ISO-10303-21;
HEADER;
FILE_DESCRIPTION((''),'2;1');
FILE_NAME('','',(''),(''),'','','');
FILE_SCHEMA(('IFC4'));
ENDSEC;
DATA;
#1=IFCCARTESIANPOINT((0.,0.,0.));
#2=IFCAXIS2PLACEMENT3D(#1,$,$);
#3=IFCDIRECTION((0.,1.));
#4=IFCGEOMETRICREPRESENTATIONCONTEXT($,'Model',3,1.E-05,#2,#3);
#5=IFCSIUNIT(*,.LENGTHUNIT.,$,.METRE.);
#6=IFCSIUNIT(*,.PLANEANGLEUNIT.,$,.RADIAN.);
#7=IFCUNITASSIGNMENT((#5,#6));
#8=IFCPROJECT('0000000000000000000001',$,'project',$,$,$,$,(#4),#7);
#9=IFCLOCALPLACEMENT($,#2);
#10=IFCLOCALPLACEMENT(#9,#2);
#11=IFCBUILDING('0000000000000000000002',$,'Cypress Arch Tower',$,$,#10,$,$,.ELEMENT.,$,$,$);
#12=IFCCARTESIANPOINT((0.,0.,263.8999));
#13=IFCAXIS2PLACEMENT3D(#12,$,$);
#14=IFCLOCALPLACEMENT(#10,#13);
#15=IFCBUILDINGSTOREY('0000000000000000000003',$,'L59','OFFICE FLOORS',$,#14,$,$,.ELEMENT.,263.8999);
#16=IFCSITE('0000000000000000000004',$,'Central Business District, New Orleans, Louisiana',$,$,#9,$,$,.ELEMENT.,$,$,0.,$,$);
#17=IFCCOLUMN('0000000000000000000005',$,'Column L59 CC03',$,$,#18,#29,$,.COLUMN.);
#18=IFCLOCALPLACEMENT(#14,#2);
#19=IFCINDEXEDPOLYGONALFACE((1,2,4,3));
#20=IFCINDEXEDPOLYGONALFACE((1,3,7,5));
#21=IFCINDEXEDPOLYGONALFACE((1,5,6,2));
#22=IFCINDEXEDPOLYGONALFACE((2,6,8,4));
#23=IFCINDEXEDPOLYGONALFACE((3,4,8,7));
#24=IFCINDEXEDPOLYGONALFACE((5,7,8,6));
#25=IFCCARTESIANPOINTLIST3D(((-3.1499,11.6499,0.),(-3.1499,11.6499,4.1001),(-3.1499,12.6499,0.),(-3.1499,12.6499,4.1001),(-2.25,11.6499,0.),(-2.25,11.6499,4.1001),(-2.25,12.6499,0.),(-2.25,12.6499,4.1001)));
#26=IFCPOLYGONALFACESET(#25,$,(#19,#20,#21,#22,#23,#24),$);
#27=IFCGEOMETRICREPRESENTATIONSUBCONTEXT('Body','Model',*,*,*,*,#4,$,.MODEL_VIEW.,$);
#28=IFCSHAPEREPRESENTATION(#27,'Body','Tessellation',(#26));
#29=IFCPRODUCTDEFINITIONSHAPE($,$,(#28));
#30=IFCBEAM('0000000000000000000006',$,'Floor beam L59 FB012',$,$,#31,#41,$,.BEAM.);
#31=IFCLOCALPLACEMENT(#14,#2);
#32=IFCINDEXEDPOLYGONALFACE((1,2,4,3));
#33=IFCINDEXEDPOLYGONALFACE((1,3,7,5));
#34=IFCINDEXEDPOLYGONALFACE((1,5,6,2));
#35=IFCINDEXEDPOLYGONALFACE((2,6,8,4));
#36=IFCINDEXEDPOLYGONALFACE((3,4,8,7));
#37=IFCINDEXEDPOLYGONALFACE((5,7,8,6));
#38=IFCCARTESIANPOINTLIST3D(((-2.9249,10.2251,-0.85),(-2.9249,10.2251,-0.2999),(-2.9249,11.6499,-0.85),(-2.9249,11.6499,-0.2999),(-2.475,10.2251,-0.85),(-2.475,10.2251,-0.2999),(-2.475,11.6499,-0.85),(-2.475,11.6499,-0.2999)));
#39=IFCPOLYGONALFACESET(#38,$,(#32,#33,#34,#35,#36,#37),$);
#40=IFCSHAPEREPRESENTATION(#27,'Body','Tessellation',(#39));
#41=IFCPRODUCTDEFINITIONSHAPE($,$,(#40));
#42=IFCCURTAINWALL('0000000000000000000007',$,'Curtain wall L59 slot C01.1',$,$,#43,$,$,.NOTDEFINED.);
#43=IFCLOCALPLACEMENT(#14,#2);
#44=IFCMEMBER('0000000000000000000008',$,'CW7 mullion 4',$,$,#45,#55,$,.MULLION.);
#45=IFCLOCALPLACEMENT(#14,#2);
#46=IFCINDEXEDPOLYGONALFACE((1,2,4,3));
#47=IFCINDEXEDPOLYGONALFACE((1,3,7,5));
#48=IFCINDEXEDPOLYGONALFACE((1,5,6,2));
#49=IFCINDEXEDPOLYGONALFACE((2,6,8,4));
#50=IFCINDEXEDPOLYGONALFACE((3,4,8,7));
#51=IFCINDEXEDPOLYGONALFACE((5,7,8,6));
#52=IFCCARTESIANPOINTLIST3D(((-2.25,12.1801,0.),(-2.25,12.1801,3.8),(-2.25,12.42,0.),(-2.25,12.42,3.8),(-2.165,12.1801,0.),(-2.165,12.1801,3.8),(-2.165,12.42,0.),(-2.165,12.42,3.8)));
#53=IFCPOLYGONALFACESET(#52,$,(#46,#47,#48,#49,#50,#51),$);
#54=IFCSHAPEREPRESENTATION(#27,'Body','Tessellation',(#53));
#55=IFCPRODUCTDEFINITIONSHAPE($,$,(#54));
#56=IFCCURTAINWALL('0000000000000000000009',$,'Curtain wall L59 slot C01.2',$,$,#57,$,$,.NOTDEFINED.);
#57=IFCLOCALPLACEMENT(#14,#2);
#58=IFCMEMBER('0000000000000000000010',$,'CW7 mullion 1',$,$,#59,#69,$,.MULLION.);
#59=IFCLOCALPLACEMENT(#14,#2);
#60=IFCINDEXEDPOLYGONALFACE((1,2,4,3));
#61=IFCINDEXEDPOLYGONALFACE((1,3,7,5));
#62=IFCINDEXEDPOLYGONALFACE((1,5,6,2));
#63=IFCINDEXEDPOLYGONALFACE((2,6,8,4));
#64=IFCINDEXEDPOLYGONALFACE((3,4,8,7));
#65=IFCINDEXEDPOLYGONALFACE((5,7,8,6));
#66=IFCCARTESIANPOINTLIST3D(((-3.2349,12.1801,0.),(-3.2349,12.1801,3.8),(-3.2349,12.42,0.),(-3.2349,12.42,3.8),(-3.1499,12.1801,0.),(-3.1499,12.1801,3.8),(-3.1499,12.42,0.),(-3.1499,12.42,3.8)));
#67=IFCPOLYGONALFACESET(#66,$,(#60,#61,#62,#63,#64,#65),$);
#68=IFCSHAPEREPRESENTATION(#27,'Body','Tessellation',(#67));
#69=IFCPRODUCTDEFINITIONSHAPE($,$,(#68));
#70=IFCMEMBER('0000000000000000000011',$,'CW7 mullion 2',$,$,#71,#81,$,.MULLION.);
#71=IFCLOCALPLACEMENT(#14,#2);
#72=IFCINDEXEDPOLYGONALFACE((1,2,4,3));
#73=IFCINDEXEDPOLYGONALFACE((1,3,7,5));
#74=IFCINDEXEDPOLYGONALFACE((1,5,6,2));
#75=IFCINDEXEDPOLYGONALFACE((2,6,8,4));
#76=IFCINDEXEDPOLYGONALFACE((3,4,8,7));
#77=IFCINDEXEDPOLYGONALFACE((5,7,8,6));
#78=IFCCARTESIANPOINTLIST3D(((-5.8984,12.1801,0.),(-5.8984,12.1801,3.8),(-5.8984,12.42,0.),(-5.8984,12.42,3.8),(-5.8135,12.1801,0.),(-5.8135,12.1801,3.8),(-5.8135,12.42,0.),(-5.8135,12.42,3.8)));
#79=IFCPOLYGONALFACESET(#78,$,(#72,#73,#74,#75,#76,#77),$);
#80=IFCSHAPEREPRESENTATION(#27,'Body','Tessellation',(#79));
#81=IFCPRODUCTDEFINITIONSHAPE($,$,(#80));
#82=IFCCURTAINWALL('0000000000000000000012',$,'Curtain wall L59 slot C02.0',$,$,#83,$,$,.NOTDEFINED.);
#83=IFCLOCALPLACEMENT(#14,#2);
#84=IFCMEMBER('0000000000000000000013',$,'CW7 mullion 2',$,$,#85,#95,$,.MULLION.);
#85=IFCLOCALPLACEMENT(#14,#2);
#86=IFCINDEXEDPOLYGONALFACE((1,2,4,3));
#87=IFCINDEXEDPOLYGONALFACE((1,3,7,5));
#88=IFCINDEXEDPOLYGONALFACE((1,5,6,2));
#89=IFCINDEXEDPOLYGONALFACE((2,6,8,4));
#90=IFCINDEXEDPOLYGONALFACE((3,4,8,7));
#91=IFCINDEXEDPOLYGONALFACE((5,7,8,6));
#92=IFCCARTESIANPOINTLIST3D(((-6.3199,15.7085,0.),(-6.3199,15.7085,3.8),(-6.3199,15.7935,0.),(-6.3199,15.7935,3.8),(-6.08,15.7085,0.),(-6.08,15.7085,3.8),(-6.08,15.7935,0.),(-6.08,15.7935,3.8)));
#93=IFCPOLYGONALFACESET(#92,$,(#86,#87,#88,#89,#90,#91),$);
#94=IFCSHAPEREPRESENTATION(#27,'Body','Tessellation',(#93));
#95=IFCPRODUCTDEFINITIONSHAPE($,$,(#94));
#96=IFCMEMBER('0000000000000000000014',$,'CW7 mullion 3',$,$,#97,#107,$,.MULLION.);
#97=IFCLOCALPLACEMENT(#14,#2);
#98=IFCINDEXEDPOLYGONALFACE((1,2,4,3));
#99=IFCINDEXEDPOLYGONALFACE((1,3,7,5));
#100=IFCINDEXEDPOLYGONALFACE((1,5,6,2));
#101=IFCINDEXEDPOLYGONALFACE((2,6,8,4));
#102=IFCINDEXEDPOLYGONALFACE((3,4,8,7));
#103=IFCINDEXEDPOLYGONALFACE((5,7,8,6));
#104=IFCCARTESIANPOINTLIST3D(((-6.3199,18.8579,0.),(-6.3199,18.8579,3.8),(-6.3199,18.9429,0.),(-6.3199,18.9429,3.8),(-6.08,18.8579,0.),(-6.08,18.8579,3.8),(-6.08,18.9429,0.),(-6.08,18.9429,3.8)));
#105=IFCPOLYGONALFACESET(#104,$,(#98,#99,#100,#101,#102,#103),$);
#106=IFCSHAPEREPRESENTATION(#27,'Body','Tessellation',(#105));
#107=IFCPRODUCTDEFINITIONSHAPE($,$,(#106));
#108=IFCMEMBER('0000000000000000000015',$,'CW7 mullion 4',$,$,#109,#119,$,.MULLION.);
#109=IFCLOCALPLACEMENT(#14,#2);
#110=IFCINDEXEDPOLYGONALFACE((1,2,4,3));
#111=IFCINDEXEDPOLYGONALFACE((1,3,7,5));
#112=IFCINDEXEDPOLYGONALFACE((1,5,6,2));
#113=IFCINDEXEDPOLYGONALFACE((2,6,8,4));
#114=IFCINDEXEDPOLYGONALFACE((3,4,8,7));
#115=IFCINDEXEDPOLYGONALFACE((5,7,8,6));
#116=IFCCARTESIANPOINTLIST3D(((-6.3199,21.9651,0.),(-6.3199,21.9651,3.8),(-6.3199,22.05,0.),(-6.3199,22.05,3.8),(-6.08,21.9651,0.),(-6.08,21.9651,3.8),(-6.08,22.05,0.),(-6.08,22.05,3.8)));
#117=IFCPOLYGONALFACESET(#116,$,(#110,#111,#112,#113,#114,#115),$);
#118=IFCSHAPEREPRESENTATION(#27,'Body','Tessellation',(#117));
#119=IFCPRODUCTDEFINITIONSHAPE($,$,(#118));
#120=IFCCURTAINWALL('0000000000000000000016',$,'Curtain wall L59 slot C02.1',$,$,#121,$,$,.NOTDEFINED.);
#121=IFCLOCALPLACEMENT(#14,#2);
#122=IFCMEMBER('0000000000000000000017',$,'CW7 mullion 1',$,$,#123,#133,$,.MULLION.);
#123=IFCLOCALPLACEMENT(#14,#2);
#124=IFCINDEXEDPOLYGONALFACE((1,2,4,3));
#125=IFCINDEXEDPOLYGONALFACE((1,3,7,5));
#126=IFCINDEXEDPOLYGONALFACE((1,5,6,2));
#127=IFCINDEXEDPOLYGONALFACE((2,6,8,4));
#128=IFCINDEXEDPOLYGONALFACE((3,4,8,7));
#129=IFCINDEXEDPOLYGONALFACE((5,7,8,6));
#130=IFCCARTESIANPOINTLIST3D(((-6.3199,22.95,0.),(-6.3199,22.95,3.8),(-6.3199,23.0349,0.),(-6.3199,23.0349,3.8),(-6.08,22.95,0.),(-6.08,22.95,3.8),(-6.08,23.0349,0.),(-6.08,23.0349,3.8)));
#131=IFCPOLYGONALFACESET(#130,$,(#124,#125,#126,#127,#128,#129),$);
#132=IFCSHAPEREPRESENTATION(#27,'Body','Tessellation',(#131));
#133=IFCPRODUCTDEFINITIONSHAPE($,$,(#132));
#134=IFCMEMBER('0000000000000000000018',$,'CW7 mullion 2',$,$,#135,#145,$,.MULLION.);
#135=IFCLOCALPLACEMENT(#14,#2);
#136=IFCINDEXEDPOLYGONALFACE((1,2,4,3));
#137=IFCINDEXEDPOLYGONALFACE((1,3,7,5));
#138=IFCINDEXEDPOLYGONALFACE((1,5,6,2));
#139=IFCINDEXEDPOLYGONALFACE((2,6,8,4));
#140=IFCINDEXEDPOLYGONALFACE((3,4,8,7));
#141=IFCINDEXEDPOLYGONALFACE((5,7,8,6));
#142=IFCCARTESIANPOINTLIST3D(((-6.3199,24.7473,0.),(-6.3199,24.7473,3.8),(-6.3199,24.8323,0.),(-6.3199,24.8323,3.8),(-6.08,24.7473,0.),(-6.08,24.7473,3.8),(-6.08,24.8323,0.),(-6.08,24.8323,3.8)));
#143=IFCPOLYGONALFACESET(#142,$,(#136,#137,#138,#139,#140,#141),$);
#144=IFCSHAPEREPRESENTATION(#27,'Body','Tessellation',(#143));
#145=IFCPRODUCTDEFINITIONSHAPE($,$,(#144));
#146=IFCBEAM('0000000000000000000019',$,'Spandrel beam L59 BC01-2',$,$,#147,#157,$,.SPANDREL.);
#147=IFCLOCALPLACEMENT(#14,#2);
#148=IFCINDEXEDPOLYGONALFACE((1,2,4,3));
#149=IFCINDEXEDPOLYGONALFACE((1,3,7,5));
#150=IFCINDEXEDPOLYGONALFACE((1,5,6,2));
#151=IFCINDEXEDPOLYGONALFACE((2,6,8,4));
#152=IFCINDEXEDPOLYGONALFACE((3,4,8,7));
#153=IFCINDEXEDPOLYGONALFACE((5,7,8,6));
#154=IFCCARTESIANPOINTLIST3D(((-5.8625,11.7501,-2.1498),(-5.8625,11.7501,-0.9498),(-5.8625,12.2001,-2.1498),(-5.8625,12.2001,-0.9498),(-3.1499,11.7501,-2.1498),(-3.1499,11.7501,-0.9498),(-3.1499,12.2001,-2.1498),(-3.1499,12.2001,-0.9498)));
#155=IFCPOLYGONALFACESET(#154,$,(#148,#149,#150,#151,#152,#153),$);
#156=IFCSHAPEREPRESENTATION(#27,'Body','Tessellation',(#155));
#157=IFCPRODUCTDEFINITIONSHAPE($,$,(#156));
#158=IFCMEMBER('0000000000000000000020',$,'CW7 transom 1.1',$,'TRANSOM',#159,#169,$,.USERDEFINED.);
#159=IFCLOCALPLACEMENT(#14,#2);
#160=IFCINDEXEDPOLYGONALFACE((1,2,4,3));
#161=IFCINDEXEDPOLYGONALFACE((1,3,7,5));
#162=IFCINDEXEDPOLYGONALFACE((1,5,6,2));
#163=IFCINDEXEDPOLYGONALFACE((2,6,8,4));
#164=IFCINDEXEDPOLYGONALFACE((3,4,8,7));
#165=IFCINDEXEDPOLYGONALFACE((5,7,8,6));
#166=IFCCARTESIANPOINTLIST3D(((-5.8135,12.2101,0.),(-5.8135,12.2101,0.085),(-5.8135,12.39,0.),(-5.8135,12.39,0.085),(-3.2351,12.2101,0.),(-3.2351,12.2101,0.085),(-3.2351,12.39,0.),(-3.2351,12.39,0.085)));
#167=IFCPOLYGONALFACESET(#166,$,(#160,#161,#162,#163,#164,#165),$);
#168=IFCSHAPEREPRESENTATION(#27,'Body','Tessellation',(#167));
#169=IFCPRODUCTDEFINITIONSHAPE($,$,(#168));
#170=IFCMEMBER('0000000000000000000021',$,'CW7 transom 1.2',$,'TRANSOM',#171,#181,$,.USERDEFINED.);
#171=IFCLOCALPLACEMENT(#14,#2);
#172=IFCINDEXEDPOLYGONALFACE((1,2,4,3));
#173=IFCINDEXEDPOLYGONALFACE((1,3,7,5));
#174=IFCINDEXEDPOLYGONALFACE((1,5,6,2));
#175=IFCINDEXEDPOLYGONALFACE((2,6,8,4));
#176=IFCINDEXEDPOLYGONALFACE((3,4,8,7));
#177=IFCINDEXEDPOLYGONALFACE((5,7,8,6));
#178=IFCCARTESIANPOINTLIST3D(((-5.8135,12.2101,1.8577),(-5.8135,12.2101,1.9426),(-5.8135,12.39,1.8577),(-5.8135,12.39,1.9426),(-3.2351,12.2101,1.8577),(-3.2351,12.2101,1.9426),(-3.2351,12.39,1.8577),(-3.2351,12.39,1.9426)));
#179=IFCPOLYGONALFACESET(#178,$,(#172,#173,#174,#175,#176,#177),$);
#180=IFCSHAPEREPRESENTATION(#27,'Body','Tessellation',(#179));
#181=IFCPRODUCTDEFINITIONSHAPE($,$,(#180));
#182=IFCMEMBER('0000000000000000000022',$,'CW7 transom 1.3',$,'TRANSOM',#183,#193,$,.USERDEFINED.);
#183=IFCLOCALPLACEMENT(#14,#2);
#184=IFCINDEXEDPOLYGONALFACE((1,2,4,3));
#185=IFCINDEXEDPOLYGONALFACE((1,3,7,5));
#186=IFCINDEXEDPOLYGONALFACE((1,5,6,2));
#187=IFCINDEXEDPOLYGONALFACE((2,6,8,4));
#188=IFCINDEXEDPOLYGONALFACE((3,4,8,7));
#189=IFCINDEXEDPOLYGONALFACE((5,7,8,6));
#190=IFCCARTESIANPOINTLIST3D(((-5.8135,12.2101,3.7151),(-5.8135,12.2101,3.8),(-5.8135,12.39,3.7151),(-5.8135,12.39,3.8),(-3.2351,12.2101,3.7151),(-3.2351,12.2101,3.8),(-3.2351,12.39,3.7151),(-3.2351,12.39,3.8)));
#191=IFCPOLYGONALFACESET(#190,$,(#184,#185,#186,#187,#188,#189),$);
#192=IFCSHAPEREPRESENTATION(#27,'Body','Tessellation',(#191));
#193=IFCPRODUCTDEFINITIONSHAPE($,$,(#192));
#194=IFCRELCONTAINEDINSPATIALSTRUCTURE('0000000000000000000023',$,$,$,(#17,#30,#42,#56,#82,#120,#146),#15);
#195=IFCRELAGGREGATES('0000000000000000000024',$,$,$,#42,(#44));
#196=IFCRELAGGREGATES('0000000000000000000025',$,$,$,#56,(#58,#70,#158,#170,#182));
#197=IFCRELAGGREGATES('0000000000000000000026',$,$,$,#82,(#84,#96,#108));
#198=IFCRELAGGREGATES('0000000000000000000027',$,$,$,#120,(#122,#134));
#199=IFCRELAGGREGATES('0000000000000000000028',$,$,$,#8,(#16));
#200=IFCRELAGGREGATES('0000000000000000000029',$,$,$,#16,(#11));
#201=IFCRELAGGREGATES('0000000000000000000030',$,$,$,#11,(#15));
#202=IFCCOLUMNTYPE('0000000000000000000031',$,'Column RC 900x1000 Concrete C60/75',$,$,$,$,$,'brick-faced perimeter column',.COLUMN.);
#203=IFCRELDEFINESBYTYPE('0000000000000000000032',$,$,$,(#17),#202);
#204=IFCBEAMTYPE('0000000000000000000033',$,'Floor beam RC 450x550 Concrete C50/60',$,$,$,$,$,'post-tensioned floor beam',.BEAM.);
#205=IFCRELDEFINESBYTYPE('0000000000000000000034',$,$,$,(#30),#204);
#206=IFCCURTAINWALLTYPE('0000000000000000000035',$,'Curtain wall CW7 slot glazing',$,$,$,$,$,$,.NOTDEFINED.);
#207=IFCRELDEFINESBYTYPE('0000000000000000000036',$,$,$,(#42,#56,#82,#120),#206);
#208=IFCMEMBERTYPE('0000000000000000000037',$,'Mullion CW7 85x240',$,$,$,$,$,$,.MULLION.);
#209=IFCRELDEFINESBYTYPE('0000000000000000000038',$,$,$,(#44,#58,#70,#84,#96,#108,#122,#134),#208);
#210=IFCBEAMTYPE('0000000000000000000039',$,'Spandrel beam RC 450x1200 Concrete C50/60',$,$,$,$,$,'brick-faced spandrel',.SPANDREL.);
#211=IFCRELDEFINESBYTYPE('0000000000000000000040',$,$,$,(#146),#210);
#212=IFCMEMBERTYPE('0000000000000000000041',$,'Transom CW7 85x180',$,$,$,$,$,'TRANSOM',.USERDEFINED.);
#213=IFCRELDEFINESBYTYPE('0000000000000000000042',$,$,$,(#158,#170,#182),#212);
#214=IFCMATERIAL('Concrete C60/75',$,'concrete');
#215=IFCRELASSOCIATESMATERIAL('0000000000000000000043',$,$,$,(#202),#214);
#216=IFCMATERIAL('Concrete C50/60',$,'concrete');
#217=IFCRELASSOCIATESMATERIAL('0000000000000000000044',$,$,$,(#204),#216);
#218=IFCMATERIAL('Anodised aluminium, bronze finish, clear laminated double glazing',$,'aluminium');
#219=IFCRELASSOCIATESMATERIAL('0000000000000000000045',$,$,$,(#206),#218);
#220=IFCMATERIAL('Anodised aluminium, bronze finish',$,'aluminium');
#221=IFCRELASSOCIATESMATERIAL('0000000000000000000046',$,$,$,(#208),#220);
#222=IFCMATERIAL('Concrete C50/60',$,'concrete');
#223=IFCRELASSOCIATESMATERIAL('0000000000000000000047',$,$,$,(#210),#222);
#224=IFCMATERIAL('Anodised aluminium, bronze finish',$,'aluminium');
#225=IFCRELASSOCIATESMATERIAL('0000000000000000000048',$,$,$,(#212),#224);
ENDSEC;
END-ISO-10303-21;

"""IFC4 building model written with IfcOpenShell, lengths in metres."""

from ifc_helpers import new_model, si_unit, direction, frame, origin, origin_2d, place, context, subcontext, project, spatial, rectangle, extrude, material, material_profile, profile_set, type_object, element, aggregate, save


model = new_model("IFC4")

# Units and contexts
model_context = context("Model", 3, precision=1e-05, world=origin(), true_north=direction((0.0, 1.0)))
body_context = subcontext(model_context, "Body", "Model", "MODEL_VIEW")
ifc_project = project(units=[si_unit("LENGTHUNIT", "METRE"), si_unit("PLANEANGLEUNIT", "RADIAN")], contexts=[model_context])

# Site, building, storey
site_placement = place(None, origin())
site = spatial("IfcSite", under=ifc_project, at=site_placement, Name="Central Business District, New Orleans, Louisiana", CompositionType="ELEMENT", RefElevation=0.0)
building_placement = place(site_placement, origin())
building = spatial("IfcBuilding", under=site, at=building_placement, Name="Cypress Arch Tower", CompositionType="ELEMENT")
storey_placement = place(building_placement, frame((0.0, 0.0, 263.8999)))
storey = spatial("IfcBuildingStorey", under=building, at=storey_placement, Name="L59", Description="OFFICE FLOORS", CompositionType="ELEMENT", Elevation=263.8999)

# Column
ifc_material_1 = material(Name="Concrete C60/75", Category="concrete")
ifc_material_profile_1 = material_profile(ifc_material_1, rectangle(XDim=0.8999, YDim=1.0, at=origin_2d()), Name="RC 900x1000")
ifc_profile_set_1 = profile_set([ifc_material_profile_1], Name="Concrete C60/75")
column_type = type_object("IfcColumnType", Name="Column RC 900x1000 Concrete C60/75", ElementType="brick-faced perimeter column", PredefinedType="COLUMN", material=ifc_profile_set_1)
column_placement = place(storey_placement, frame((-2.7, 12.1499, 0.0), z_axis=(0.0, 0.0, 1.0), x_axis=(-1.0, 0.0, 0.0)))
element("IfcColumn", 1, at=column_placement, inside=storey, type_object=column_type, Name="Column L59 CC03", PredefinedType="COLUMN", context=body_context, shape_type="SweptSolid", body=[
    extrude(rectangle(XDim=0.8999, YDim=1.0, at=origin_2d()), origin(), (0.0, 0.0, 1.0), 4.1001),
])

# Beam
ifc_material_2 = material(Name="Concrete C50/60", Category="concrete")
ifc_material_profile_2 = material_profile(ifc_material_2, rectangle(XDim=0.45, YDim=0.55, at=origin_2d()), Name="RC 450x550")
ifc_profile_set_2 = profile_set([ifc_material_profile_2], Name="Concrete C50/60")
beam_type_1 = type_object("IfcBeamType", Name="Floor beam RC 450x550 Concrete C50/60", ElementType="post-tensioned floor beam", PredefinedType="BEAM", material=ifc_profile_set_2)
beam_1_placement = place(storey_placement, frame((-2.7, 10.2251, -0.575), z_axis=(0.0, 1.0, 0.0), x_axis=(-1.0, 0.0, 0.0)))
element("IfcBeam", 2, at=beam_1_placement, inside=storey, type_object=beam_type_1, Name="Floor beam L59 FB012", PredefinedType="BEAM", context=body_context, shape_type="SweptSolid", body=[
    extrude(rectangle(XDim=0.45, YDim=0.55, at=origin_2d()), origin(), (0.0, 0.0, 1.0), 1.4248),
])

# Curtain wall, member
ifc_material_3 = material(Name="Anodised aluminium, bronze finish, clear laminated double glazing", Category="aluminium")
curtain_wall_type = type_object("IfcCurtainWallType", Name="Curtain wall CW7 slot glazing", PredefinedType="NOTDEFINED", material=ifc_material_3)
curtain_wall_1_placement = place(storey_placement, origin())
curtain_wall_1 = element("IfcCurtainWall", 3, at=curtain_wall_1_placement, inside=storey, type_object=curtain_wall_type, Name="Curtain wall L59 slot C01.1", PredefinedType="NOTDEFINED")
ifc_material_4 = material(Name="Anodised aluminium, bronze finish", Category="aluminium")
ifc_material_profile_3 = material_profile(ifc_material_4, rectangle(XDim=0.24, YDim=0.085, at=origin_2d()), Name="Mullion 85x240")
ifc_profile_set_3 = profile_set([ifc_material_profile_3], Name="Anodised aluminium, bronze finish")
member_type_1 = type_object("IfcMemberType", Name="Mullion CW7 85x240", PredefinedType="MULLION", material=ifc_profile_set_3)
member_1_placement = place(storey_placement, frame((-2.2075, 12.3, 0.0), z_axis=(0.0, 0.0, 1.0), x_axis=(0.0, -1.0, 0.0)))
member_1 = element("IfcMember", 4, at=member_1_placement, type_object=member_type_1, Name="CW7 mullion 4", PredefinedType="MULLION", context=body_context, shape_type="SweptSolid", body=[
    extrude(rectangle(XDim=0.24, YDim=0.085, at=origin_2d()), origin(), (0.0, 0.0, 1.0), 3.8),
])

# Curtain walls, members
curtain_wall_2_placement = place(storey_placement, origin())
curtain_wall_2 = element("IfcCurtainWall", 5, at=curtain_wall_2_placement, inside=storey, type_object=curtain_wall_type, Name="Curtain wall L59 slot C01.2", PredefinedType="NOTDEFINED")
member_2_placement = place(storey_placement, frame((-3.1924, 12.3, 0.0), z_axis=(0.0, 0.0, 1.0), x_axis=(0.0, -1.0, 0.0)))
member_2 = element("IfcMember", 6, at=member_2_placement, type_object=member_type_1, Name="CW7 mullion 1", PredefinedType="MULLION", context=body_context, shape_type="SweptSolid", body=[
    extrude(rectangle(XDim=0.24, YDim=0.085, at=origin_2d()), origin(), (0.0, 0.0, 1.0), 3.8),
])
member_3_placement = place(storey_placement, frame((-5.856, 12.3, 0.0), z_axis=(0.0, 0.0, 1.0), x_axis=(0.0, -1.0, 0.0)))
member_3 = element("IfcMember", 7, at=member_3_placement, type_object=member_type_1, Name="CW7 mullion 2", PredefinedType="MULLION", context=body_context, shape_type="SweptSolid", body=[
    extrude(rectangle(XDim=0.24, YDim=0.085, at=origin_2d()), origin(), (0.0, 0.0, 1.0), 3.8),
])
curtain_wall_3_placement = place(storey_placement, origin())
curtain_wall_3 = element("IfcCurtainWall", 8, at=curtain_wall_3_placement, inside=storey, type_object=curtain_wall_type, Name="Curtain wall L59 slot C02.0", PredefinedType="NOTDEFINED")
member_4_placement = place(storey_placement, frame((-6.2, 15.751, 0.0), z_axis=(0.0, 0.0, 1.0), x_axis=(-1.0, 0.0, 0.0)))
member_4 = element("IfcMember", 9, at=member_4_placement, type_object=member_type_1, Name="CW7 mullion 2", PredefinedType="MULLION", context=body_context, shape_type="SweptSolid", body=[
    extrude(rectangle(XDim=0.24, YDim=0.085, at=origin_2d()), origin(), (0.0, 0.0, 1.0), 3.8),
])
member_5_placement = place(storey_placement, frame((-6.2, 18.9004, 0.0), z_axis=(0.0, 0.0, 1.0), x_axis=(-1.0, 0.0, 0.0)))
member_5 = element("IfcMember", 10, at=member_5_placement, type_object=member_type_1, Name="CW7 mullion 3", PredefinedType="MULLION", context=body_context, shape_type="SweptSolid", body=[
    extrude(rectangle(XDim=0.24, YDim=0.085, at=origin_2d()), origin(), (0.0, 0.0, 1.0), 3.8),
])
member_6_placement = place(storey_placement, frame((-6.2, 22.0076, 0.0), z_axis=(0.0, 0.0, 1.0), x_axis=(-1.0, 0.0, 0.0)))
member_6 = element("IfcMember", 11, at=member_6_placement, type_object=member_type_1, Name="CW7 mullion 4", PredefinedType="MULLION", context=body_context, shape_type="SweptSolid", body=[
    extrude(rectangle(XDim=0.24, YDim=0.085, at=origin_2d()), origin(), (0.0, 0.0, 1.0), 3.8),
])
curtain_wall_4_placement = place(storey_placement, origin())
curtain_wall_4 = element("IfcCurtainWall", 12, at=curtain_wall_4_placement, inside=storey, type_object=curtain_wall_type, Name="Curtain wall L59 slot C02.1", PredefinedType="NOTDEFINED")
member_7_placement = place(storey_placement, frame((-6.2, 22.9924, 0.0), z_axis=(0.0, 0.0, 1.0), x_axis=(-1.0, 0.0, 0.0)))
member_7 = element("IfcMember", 13, at=member_7_placement, type_object=member_type_1, Name="CW7 mullion 1", PredefinedType="MULLION", context=body_context, shape_type="SweptSolid", body=[
    extrude(rectangle(XDim=0.24, YDim=0.085, at=origin_2d()), origin(), (0.0, 0.0, 1.0), 3.8),
])
member_8_placement = place(storey_placement, frame((-6.2, 24.7898, 0.0), z_axis=(0.0, 0.0, 1.0), x_axis=(-1.0, 0.0, 0.0)))
member_8 = element("IfcMember", 14, at=member_8_placement, type_object=member_type_1, Name="CW7 mullion 2", PredefinedType="MULLION", context=body_context, shape_type="SweptSolid", body=[
    extrude(rectangle(XDim=0.24, YDim=0.085, at=origin_2d()), origin(), (0.0, 0.0, 1.0), 3.8),
])

# Beam
ifc_material_5 = material(Name="Concrete C50/60", Category="concrete")
ifc_material_profile_4 = material_profile(ifc_material_5, rectangle(XDim=0.45, YDim=1.2, at=origin_2d()), Name="RC 450x1200")
ifc_profile_set_4 = profile_set([ifc_material_profile_4], Name="Concrete C50/60")
beam_type_2 = type_object("IfcBeamType", Name="Spandrel beam RC 450x1200 Concrete C50/60", ElementType="brick-faced spandrel", PredefinedType="SPANDREL", material=ifc_profile_set_4)
beam_2_placement = place(storey_placement, frame((-3.1499, 11.9751, -1.5498), z_axis=(-1.0, 0.0, 0.0), x_axis=(0.0, -1.0, 0.0)))
element("IfcBeam", 15, at=beam_2_placement, inside=storey, type_object=beam_type_2, Name="Spandrel beam L59 BC01-2", PredefinedType="SPANDREL", context=body_context, shape_type="SweptSolid", body=[
    extrude(rectangle(XDim=0.45, YDim=1.2, at=origin_2d()), origin(), (0.0, 0.0, 1.0), 2.7126),
])

# Members
ifc_material_6 = material(Name="Anodised aluminium, bronze finish", Category="aluminium")
ifc_material_profile_5 = material_profile(ifc_material_6, rectangle(XDim=0.1799, YDim=0.085, at=origin_2d()), Name="Transom 85x180")
ifc_profile_set_5 = profile_set([ifc_material_profile_5], Name="Anodised aluminium, bronze finish")
member_type_2 = type_object("IfcMemberType", Name="Transom CW7 85x180", ElementType="TRANSOM", PredefinedType="USERDEFINED", material=ifc_profile_set_5)
member_9_placement = place(storey_placement, frame((-3.2351, 12.3, 0.0425), z_axis=(-1.0, 0.0, 0.0), x_axis=(0.0, -1.0, 0.0)))
member_9 = element("IfcMember", 16, at=member_9_placement, type_object=member_type_2, Name="CW7 transom 1.1", ObjectType="TRANSOM", PredefinedType="USERDEFINED", context=body_context, shape_type="SweptSolid", body=[
    extrude(rectangle(XDim=0.1799, YDim=0.085, at=origin_2d()), origin(), (0.0, 0.0, 1.0), 2.5784),
])
member_10_placement = place(storey_placement, frame((-3.2351, 12.3, 1.9001), z_axis=(-1.0, 0.0, 0.0), x_axis=(0.0, -1.0, 0.0)))
member_10 = element("IfcMember", 17, at=member_10_placement, type_object=member_type_2, Name="CW7 transom 1.2", ObjectType="TRANSOM", PredefinedType="USERDEFINED", context=body_context, shape_type="SweptSolid", body=[
    extrude(rectangle(XDim=0.1799, YDim=0.085, at=origin_2d()), origin(), (0.0, 0.0, 1.0), 2.5784),
])
member_11_placement = place(storey_placement, frame((-3.2351, 12.3, 3.7576), z_axis=(-1.0, 0.0, 0.0), x_axis=(0.0, -1.0, 0.0)))
member_11 = element("IfcMember", 18, at=member_11_placement, type_object=member_type_2, Name="CW7 transom 1.3", ObjectType="TRANSOM", PredefinedType="USERDEFINED", context=body_context, shape_type="SweptSolid", body=[
    extrude(rectangle(XDim=0.1799, YDim=0.085, at=origin_2d()), origin(), (0.0, 0.0, 1.0), 2.5784),
])

aggregate(curtain_wall_1, [member_1])
aggregate(curtain_wall_2, [member_2, member_3, member_9, member_10, member_11])
aggregate(curtain_wall_3, [member_4, member_5, member_6])
aggregate(curtain_wall_4, [member_7, member_8])

save(model, "model.ifc")
